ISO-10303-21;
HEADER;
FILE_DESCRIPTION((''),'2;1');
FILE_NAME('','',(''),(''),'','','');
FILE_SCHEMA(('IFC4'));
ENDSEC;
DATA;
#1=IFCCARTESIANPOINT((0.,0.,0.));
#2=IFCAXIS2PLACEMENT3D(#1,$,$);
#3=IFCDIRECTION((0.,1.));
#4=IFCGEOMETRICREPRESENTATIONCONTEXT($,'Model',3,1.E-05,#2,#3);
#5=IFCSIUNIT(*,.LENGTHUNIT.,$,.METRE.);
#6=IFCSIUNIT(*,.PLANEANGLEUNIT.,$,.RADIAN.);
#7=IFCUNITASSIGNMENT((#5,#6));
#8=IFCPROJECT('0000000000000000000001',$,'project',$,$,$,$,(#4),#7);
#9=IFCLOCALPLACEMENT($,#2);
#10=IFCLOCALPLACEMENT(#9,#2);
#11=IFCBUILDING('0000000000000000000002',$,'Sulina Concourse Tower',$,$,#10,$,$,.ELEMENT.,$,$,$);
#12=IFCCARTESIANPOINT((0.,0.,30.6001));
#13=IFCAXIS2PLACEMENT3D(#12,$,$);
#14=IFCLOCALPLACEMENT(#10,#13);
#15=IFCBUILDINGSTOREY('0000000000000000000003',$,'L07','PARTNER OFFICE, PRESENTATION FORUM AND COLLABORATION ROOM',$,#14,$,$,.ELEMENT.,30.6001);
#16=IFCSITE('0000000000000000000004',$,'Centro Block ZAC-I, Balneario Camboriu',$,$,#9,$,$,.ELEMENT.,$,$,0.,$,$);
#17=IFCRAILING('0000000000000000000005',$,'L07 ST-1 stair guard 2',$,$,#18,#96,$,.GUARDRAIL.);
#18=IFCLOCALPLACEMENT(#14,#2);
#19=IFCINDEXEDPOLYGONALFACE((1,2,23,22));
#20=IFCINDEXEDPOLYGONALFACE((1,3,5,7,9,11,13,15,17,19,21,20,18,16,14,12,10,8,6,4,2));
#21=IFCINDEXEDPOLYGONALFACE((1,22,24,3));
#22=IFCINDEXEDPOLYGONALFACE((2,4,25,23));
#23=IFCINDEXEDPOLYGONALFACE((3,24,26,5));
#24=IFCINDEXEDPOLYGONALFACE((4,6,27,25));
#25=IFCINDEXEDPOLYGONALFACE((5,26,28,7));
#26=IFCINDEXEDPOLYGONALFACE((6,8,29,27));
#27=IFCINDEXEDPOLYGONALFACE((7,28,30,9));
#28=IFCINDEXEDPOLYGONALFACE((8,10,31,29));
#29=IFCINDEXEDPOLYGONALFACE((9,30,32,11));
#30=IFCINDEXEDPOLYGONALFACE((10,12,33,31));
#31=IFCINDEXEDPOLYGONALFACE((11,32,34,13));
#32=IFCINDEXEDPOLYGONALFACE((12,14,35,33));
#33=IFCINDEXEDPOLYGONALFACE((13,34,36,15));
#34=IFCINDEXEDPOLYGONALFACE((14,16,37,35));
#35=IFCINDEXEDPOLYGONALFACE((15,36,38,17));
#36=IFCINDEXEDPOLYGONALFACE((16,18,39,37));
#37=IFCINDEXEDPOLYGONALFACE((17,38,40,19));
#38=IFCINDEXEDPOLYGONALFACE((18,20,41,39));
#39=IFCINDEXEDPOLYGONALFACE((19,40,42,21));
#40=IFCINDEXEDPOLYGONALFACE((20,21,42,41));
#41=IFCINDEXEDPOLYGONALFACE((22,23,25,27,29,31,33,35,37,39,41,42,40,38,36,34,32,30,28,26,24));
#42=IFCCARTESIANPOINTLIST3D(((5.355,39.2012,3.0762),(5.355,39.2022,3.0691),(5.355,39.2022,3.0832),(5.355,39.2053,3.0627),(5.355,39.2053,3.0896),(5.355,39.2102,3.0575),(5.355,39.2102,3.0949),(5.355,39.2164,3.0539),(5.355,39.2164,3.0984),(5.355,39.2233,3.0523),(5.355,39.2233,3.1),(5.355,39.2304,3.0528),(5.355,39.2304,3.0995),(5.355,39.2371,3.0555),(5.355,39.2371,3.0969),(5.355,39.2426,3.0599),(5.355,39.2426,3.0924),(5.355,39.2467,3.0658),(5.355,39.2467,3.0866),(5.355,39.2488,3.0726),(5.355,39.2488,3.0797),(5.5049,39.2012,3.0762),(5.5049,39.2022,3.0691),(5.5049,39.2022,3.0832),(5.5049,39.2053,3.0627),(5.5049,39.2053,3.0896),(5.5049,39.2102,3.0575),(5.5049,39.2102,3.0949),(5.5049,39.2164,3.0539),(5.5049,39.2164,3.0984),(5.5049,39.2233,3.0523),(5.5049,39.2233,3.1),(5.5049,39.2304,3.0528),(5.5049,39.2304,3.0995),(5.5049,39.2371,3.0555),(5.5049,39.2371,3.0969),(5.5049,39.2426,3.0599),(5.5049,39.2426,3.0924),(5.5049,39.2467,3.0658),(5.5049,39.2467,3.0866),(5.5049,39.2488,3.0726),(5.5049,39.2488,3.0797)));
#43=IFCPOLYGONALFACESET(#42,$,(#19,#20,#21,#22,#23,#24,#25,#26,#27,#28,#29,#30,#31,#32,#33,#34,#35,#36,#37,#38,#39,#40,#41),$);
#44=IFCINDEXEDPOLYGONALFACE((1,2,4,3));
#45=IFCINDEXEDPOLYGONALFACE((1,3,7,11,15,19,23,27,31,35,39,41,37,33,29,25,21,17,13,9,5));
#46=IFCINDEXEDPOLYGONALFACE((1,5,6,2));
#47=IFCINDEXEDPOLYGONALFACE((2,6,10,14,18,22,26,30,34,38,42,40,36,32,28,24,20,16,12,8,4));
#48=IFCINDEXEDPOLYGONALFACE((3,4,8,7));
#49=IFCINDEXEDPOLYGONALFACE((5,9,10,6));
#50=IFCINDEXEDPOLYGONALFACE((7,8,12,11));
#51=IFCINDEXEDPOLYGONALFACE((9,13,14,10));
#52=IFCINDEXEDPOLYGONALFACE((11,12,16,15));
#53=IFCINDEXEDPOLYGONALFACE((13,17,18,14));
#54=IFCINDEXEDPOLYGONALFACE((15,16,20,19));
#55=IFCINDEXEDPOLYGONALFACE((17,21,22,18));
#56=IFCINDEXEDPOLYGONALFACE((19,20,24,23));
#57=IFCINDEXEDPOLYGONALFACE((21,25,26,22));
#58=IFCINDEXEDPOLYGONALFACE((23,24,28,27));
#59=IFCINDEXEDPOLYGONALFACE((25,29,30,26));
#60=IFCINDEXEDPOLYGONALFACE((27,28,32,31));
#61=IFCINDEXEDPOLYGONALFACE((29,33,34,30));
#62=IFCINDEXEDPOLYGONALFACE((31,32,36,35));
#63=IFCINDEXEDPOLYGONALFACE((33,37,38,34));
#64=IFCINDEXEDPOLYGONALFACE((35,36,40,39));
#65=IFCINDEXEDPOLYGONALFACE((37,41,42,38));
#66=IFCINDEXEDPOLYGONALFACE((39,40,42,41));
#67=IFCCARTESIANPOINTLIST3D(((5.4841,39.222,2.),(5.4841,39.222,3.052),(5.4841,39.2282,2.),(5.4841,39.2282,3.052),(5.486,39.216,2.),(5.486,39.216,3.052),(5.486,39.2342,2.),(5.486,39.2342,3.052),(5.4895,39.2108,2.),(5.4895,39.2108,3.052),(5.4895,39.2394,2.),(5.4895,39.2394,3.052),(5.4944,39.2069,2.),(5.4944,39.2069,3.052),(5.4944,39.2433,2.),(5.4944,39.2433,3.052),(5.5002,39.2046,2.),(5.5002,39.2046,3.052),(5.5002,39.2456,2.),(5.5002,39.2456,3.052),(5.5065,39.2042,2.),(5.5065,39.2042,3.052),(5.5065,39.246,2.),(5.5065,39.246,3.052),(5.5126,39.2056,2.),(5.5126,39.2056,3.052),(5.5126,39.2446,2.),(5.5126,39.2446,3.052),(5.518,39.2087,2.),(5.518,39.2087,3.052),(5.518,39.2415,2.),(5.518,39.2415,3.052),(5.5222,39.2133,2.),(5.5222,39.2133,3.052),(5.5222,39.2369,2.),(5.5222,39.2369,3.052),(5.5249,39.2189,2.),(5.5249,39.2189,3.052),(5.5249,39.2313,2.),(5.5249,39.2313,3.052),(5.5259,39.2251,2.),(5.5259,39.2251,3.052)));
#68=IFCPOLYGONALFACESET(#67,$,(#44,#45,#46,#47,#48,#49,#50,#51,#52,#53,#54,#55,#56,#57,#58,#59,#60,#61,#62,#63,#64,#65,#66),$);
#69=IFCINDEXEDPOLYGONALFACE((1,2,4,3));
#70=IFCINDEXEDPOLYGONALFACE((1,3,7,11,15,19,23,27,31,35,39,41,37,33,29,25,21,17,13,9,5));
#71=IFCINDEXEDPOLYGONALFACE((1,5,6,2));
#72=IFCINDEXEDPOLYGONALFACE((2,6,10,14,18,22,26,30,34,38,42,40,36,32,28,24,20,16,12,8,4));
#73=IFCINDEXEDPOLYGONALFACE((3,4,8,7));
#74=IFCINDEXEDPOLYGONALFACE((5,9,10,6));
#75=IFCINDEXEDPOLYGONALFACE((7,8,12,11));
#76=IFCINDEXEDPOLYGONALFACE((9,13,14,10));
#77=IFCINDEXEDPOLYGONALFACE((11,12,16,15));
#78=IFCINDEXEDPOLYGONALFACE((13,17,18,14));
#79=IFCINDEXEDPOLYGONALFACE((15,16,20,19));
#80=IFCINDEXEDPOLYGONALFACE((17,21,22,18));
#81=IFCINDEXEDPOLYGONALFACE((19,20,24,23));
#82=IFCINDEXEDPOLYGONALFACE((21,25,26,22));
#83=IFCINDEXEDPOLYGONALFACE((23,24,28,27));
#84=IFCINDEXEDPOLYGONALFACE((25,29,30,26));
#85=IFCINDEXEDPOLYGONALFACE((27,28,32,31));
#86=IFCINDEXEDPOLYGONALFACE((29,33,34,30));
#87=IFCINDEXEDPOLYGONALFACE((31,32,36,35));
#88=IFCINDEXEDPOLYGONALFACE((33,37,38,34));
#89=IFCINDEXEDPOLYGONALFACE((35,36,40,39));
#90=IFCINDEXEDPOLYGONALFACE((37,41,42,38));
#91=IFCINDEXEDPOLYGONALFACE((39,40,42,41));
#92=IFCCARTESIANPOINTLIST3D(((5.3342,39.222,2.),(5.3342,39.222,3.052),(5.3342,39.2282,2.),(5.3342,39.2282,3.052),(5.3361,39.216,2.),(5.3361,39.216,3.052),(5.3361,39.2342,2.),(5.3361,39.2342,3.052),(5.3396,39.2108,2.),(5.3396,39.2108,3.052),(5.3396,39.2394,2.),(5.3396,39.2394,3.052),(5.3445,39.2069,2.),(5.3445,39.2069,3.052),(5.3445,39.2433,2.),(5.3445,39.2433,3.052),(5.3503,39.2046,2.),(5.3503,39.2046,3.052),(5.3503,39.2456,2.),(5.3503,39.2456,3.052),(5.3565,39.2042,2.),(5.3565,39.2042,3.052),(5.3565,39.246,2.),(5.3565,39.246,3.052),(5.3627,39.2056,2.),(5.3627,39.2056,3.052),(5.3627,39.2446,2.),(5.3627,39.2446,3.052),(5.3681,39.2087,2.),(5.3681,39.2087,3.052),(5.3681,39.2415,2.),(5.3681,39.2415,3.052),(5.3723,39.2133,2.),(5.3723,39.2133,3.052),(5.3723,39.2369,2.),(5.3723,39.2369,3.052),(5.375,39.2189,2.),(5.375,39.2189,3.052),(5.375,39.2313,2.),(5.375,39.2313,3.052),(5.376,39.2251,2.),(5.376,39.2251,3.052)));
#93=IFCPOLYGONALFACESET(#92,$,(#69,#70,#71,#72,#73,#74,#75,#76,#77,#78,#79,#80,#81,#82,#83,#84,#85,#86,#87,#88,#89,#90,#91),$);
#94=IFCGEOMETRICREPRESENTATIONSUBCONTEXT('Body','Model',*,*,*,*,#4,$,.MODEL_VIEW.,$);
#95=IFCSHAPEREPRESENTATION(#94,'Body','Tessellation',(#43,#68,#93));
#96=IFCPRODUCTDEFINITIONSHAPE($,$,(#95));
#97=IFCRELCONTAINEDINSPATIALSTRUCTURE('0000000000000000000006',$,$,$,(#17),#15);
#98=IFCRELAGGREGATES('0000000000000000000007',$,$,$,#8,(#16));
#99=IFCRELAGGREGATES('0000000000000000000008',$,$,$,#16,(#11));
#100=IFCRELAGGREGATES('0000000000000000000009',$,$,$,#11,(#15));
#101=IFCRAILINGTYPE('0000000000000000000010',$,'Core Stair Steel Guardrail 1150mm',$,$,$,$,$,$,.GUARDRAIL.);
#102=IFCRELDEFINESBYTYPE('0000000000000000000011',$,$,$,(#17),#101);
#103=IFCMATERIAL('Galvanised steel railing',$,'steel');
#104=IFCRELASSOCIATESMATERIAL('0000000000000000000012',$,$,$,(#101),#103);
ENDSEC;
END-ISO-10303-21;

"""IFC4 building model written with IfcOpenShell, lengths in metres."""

from ifc_helpers import new_model, si_unit, direction, frame, origin, origin_2d, place, context, subcontext, project, spatial, circle, extrude, material, type_object, element, save


model = new_model("IFC4")

# Units and contexts
model_context = context("Model", 3, precision=1e-05, world=origin(), true_north=direction((0.0, 1.0)))
body_context = subcontext(model_context, "Body", "Model", "MODEL_VIEW")
ifc_project = project(units=[si_unit("LENGTHUNIT", "METRE"), si_unit("PLANEANGLEUNIT", "RADIAN")], contexts=[model_context])

# Site, building, storey
site_placement = place(None, origin())
site = spatial("IfcSite", under=ifc_project, at=site_placement, Name="Centro Block ZAC-I, Balneario Camboriu", CompositionType="ELEMENT", RefElevation=0.0)
building_placement = place(site_placement, origin())
building = spatial("IfcBuilding", under=site, at=building_placement, Name="Sulina Concourse Tower", CompositionType="ELEMENT")
storey_placement = place(building_placement, frame((0.0, 0.0, 30.6001)))
storey = spatial("IfcBuildingStorey", under=building, at=storey_placement, Name="L07", Description="PARTNER OFFICE, PRESENTATION FORUM AND COLLABORATION ROOM", CompositionType="ELEMENT", Elevation=30.6001)

# Railing
ifc_material_1 = material(Name="Galvanised steel railing", Category="steel")
railing_type_1 = type_object("IfcRailingType", Name="Core Stair Steel Guardrail 1150mm", PredefinedType="GUARDRAIL", material=ifc_material_1)
railing_1_placement = place(storey_placement, frame((5.5049, 39.2251, 2.0)))
element("IfcRailing", 1, at=railing_1_placement, inside=storey, type_object=railing_type_1, Name="L07 ST-1 stair guard 2", PredefinedType="GUARDRAIL", context=body_context, shape_type="SweptSolid", body=[
    extrude(circle(Radius=0.0239, at=origin_2d()), frame((0.0, 0.0, 1.0762), z_axis=(-1.0, 0.0, 0.0), x_axis=(0.0, -1.0, 0.0)), (0.0, 0.0, 1.0), 0.1499),
    extrude(circle(Radius=0.021, at=origin_2d()), origin(), (0.0, 0.0, 1.0), 1.052),
    extrude(circle(Radius=0.021, at=origin_2d()), frame((-0.1499, 0.0, 0.0)), (0.0, 0.0, 1.0), 1.052),
])

save(model, "model.ifc")
